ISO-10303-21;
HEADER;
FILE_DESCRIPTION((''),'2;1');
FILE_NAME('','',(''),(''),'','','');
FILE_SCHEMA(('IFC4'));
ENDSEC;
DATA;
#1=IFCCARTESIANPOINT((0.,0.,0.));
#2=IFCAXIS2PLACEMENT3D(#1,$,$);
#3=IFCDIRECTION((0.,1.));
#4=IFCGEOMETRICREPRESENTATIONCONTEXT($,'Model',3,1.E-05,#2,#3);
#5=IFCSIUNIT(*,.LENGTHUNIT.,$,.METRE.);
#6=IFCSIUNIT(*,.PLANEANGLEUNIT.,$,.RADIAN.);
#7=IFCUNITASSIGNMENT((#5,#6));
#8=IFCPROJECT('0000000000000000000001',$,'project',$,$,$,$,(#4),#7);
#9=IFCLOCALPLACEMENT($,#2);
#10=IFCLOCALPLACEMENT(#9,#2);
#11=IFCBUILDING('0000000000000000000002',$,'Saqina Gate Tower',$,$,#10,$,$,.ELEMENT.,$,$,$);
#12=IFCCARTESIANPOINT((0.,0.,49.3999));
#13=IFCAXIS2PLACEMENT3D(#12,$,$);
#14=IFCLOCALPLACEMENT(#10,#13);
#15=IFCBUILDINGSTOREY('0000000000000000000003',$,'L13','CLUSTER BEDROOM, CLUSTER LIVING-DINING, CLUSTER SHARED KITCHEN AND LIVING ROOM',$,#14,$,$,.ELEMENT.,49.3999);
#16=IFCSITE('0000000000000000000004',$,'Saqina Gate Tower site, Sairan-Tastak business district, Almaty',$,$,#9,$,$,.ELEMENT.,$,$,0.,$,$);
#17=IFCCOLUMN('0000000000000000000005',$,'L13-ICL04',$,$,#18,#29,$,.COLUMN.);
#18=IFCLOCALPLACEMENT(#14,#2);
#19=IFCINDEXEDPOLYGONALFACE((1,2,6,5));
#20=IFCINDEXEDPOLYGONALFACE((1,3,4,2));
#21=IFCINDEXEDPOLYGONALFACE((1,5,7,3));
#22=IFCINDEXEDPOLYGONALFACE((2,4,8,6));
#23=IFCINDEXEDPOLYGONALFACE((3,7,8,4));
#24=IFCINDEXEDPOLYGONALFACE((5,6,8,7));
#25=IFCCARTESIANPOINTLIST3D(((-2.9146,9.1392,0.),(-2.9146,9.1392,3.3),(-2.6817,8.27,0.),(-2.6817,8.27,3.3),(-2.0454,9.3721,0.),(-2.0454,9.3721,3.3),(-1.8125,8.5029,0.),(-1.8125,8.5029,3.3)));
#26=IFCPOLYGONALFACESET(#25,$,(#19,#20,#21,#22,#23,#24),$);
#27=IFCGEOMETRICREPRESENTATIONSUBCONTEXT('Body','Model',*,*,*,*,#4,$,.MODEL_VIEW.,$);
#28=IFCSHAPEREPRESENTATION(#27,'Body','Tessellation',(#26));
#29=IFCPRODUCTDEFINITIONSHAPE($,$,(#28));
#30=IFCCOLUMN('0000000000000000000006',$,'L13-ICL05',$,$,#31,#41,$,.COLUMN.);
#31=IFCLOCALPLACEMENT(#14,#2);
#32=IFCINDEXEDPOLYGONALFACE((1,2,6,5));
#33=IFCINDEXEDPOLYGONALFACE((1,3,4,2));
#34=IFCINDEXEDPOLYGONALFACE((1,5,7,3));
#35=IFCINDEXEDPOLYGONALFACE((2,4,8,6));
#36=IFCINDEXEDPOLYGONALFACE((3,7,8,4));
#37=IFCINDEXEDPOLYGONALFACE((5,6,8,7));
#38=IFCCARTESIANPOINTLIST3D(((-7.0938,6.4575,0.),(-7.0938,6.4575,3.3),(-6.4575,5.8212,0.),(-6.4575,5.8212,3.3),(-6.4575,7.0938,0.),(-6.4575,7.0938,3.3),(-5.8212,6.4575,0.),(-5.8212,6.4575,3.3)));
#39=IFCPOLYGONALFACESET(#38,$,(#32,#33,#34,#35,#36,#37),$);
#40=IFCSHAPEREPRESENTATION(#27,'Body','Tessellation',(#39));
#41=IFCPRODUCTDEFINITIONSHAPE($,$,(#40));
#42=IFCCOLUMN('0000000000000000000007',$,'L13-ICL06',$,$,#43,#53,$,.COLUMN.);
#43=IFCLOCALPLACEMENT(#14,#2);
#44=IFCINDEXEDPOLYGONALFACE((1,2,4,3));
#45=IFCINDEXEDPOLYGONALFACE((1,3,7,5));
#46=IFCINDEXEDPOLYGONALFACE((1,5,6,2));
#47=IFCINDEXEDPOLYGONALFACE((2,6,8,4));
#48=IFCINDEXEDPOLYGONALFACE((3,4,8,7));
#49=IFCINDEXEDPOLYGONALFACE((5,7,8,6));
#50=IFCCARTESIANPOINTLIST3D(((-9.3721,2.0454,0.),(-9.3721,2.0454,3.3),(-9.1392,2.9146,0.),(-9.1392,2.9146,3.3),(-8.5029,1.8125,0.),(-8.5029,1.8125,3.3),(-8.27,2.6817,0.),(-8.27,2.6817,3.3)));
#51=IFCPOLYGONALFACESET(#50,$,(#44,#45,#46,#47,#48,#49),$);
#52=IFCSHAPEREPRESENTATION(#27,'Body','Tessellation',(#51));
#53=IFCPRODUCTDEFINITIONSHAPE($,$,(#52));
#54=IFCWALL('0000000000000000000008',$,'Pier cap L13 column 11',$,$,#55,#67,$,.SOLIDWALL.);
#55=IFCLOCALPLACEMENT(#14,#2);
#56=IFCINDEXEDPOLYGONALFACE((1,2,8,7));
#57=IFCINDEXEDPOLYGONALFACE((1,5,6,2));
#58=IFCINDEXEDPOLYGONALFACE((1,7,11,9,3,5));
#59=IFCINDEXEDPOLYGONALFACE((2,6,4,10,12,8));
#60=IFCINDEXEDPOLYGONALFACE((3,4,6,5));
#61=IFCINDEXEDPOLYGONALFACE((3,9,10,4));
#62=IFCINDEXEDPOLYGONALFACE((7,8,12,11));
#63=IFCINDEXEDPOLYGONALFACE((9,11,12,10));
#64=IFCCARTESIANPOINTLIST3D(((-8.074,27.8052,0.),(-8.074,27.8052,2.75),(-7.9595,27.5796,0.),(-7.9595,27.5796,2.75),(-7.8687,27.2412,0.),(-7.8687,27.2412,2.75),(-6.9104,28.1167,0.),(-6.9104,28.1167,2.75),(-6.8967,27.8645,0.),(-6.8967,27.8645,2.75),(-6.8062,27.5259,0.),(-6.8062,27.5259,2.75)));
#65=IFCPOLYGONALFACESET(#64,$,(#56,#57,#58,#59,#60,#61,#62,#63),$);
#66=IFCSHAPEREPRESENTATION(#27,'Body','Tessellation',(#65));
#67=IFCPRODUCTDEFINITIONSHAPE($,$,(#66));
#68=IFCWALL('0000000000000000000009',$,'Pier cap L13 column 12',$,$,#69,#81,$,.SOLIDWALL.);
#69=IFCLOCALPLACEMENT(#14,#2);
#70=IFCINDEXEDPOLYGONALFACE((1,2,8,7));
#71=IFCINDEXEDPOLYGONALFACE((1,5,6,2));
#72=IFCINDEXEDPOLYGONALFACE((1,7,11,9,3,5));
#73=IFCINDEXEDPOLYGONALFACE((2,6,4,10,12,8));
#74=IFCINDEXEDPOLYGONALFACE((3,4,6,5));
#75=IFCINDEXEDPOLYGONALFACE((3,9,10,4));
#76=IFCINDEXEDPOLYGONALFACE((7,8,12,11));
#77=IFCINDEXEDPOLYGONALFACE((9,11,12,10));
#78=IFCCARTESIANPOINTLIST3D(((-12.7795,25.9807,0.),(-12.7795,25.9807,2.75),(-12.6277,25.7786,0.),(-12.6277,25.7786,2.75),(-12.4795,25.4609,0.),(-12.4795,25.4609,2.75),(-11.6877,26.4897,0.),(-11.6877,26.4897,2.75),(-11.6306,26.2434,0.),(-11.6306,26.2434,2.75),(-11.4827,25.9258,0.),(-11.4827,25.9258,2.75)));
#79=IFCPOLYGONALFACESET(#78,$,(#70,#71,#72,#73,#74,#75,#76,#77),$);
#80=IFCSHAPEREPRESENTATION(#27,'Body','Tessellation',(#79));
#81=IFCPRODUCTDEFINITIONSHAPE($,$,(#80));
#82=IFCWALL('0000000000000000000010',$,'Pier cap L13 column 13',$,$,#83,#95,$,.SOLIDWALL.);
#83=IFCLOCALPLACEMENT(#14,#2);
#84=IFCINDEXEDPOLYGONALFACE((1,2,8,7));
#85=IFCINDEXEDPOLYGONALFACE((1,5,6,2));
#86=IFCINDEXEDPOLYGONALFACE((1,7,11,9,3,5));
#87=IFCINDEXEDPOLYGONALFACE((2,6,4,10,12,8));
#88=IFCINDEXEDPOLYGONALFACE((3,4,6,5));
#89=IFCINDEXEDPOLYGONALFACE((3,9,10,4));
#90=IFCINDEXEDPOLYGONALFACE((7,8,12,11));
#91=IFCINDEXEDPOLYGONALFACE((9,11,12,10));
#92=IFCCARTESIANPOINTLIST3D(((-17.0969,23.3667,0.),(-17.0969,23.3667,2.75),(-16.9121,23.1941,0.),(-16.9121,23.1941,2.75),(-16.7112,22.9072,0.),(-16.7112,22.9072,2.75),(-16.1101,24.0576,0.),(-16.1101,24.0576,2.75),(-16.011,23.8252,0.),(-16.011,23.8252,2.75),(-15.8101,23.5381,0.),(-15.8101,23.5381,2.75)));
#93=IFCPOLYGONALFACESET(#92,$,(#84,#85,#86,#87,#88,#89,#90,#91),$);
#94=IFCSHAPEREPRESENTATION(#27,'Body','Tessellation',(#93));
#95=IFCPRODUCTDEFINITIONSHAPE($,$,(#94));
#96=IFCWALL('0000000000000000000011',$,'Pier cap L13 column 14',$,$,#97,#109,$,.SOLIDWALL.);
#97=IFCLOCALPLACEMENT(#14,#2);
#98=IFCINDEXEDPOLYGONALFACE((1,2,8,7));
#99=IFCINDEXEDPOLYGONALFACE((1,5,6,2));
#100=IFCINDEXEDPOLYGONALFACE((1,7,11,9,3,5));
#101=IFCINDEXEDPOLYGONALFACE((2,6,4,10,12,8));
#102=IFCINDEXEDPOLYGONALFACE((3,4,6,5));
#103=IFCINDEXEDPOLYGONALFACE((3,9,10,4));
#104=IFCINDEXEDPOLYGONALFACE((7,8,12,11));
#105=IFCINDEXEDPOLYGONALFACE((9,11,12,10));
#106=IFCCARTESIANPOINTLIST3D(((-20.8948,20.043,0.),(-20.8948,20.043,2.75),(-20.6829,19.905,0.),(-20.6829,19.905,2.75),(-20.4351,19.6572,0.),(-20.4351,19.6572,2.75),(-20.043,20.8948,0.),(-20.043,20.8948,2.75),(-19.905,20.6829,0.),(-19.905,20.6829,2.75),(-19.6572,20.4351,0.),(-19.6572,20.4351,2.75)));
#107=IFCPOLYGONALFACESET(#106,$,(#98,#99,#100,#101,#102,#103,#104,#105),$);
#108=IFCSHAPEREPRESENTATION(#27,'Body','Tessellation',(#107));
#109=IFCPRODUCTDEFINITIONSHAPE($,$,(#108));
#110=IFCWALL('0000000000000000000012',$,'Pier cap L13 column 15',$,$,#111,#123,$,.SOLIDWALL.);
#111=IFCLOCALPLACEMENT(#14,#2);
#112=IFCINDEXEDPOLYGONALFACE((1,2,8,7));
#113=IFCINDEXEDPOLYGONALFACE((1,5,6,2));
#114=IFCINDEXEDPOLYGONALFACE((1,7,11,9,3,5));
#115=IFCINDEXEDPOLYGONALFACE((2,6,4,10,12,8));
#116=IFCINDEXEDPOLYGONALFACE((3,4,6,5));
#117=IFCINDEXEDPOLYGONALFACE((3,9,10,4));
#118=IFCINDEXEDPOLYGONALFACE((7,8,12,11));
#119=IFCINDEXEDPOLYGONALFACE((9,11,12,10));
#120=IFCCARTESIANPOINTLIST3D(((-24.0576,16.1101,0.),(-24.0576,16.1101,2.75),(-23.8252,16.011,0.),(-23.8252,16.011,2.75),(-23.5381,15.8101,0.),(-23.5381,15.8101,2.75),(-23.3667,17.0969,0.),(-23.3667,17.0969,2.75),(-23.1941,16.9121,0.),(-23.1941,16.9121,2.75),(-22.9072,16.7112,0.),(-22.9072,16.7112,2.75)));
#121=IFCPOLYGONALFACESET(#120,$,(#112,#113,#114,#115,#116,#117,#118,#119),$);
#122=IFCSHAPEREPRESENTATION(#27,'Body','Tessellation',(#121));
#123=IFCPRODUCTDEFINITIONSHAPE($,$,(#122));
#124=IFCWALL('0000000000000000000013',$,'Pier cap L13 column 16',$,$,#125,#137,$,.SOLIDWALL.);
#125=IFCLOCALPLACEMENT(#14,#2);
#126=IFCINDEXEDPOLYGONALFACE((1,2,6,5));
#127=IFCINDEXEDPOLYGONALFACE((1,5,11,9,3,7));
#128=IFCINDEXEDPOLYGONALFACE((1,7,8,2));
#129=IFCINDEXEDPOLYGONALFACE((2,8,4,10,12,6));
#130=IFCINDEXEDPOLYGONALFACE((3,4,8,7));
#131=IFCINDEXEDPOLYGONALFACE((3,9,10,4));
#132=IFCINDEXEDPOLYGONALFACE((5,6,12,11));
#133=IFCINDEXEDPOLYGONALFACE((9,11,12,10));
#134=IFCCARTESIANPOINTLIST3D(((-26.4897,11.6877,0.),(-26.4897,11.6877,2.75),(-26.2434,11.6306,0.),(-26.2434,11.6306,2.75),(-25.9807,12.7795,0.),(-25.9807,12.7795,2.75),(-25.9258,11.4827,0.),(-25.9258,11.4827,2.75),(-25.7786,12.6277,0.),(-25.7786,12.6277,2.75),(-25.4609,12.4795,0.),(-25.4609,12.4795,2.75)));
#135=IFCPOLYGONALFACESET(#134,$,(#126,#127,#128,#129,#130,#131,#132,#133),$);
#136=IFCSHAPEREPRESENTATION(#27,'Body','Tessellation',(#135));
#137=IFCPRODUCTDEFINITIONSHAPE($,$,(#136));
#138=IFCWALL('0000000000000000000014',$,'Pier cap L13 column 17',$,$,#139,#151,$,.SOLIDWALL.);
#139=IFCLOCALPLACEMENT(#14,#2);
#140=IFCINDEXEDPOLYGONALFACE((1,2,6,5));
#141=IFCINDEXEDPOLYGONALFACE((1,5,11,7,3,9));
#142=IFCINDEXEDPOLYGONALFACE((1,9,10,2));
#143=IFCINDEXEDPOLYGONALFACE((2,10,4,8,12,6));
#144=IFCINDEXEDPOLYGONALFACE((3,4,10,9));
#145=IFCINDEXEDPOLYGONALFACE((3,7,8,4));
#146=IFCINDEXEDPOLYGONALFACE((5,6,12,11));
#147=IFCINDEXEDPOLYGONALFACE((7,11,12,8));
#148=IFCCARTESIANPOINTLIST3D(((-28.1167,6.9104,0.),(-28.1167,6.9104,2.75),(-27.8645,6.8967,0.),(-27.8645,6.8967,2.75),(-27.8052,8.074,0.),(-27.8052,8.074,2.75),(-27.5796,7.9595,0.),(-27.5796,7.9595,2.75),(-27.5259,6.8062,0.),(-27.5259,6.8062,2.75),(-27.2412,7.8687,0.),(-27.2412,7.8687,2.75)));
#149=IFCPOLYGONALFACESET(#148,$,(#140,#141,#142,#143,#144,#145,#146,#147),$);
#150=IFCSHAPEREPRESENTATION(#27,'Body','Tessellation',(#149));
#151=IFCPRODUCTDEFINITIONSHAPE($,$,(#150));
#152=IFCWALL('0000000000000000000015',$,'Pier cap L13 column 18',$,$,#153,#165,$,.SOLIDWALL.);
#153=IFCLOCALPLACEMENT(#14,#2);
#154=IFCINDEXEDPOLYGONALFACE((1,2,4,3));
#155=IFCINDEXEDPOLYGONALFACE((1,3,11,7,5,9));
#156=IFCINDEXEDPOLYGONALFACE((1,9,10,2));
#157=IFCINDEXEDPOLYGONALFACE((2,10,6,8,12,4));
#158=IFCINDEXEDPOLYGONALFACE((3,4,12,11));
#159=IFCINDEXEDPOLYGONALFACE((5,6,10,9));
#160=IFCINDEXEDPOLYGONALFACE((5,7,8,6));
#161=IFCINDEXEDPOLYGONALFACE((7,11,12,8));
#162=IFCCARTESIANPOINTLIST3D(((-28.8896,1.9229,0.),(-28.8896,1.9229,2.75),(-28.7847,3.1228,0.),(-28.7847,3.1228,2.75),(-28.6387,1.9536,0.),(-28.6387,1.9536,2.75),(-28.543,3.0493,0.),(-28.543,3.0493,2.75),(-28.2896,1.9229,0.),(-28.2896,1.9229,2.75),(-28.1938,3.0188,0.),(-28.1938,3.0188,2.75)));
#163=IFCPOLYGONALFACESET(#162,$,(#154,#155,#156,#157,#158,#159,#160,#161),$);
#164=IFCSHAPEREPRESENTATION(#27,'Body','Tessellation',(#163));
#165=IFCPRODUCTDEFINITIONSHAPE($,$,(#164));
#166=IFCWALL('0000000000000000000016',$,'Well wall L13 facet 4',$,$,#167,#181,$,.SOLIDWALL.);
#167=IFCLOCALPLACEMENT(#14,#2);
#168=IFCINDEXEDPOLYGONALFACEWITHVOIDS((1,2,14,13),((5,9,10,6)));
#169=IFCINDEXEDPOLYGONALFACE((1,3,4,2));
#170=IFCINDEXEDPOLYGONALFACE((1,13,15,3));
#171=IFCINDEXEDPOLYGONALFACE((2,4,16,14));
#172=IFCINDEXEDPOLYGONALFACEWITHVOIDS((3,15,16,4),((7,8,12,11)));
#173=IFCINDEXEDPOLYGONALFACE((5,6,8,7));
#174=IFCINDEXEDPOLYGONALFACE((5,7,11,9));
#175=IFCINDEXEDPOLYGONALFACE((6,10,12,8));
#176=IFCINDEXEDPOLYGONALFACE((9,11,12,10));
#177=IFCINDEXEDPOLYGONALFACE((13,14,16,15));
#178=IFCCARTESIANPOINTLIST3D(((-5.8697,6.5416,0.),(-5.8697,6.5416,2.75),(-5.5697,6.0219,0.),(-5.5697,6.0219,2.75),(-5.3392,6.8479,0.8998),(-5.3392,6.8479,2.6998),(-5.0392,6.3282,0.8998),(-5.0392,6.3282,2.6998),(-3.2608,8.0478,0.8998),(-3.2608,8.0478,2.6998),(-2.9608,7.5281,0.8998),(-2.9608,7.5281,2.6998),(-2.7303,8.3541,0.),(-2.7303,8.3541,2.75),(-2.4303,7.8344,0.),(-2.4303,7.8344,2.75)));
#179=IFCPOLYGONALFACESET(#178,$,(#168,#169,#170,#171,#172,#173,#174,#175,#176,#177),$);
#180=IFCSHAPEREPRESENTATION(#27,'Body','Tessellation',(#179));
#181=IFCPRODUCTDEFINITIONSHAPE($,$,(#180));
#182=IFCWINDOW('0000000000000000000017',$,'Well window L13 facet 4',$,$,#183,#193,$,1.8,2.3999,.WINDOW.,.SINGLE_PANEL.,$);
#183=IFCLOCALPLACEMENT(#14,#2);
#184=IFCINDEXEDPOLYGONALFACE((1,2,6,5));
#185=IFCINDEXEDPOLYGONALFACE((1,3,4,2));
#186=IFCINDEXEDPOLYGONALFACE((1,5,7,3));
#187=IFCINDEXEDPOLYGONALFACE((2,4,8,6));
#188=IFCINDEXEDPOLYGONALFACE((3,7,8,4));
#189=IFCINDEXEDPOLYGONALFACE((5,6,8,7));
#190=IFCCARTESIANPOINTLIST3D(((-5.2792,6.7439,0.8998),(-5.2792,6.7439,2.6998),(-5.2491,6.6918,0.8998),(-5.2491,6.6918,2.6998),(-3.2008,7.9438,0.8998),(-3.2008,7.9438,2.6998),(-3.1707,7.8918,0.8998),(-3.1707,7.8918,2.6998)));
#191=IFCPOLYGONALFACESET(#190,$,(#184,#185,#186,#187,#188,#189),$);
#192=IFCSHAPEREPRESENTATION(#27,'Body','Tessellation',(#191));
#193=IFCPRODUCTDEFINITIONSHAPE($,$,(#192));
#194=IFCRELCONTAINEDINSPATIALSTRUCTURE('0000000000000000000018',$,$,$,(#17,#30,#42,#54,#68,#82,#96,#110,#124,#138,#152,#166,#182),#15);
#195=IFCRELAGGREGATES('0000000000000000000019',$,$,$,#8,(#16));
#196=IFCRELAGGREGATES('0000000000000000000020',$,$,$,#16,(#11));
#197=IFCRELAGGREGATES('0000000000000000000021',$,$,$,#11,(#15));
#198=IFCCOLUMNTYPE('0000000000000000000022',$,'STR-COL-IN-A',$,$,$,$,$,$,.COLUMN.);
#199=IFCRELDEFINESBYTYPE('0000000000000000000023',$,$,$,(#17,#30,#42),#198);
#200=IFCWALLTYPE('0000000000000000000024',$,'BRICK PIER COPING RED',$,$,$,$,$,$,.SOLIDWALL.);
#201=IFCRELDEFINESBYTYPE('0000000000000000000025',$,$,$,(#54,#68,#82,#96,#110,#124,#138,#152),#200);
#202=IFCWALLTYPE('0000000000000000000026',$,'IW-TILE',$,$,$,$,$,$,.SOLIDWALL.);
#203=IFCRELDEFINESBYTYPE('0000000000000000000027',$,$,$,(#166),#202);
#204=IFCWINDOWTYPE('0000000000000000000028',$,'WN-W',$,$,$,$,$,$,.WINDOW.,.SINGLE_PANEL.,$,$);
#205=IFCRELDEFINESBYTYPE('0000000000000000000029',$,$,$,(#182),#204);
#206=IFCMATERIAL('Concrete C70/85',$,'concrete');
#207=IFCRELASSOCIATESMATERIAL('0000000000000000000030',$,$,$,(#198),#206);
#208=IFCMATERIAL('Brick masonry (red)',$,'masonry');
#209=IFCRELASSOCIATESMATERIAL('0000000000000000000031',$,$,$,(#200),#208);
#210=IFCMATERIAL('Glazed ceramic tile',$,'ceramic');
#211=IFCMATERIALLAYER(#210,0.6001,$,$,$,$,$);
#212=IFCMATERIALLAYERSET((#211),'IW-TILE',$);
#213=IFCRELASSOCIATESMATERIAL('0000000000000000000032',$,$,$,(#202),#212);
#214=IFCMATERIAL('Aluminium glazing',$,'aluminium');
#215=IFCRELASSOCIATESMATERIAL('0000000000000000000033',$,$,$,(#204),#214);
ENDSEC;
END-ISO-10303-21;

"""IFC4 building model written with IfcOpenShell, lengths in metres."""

from ifc_helpers import new_model, si_unit, direction, frame, frame_2d, origin, origin_2d, place, context, subcontext, project, spatial, polyline, rectangle, outline, extrude, material, layer, layer_set, material_profile, profile_set, type_object, element, fill, save


model = new_model("IFC4")

# Units and contexts
model_context = context("Model", 3, precision=1e-05, world=origin(), true_north=direction((0.0, 1.0)))
body_context = subcontext(model_context, "Body", "Model", "MODEL_VIEW")
ifc_project = project(units=[si_unit("LENGTHUNIT", "METRE"), si_unit("PLANEANGLEUNIT", "RADIAN")], contexts=[model_context])

# Site, building, storey
site_placement = place(None, origin())
site = spatial("IfcSite", under=ifc_project, at=site_placement, Name="Saqina Gate Tower site, Sairan-Tastak business district, Almaty", CompositionType="ELEMENT", RefElevation=0.0)
building_placement = place(site_placement, origin())
building = spatial("IfcBuilding", under=site, at=building_placement, Name="Saqina Gate Tower", CompositionType="ELEMENT")
storey_placement = place(building_placement, frame((0.0, 0.0, 49.3999)))
storey = spatial("IfcBuildingStorey", under=building, at=storey_placement, Name="L13", Description="CLUSTER BEDROOM, CLUSTER LIVING-DINING, CLUSTER SHARED KITCHEN AND LIVING ROOM", CompositionType="ELEMENT", Elevation=49.3999)

# Columns
ifc_material_1 = material(Name="Concrete C70/85", Category="concrete")
ifc_material_profile = material_profile(ifc_material_1, rectangle(XDim=0.8999, YDim=0.8999, at=origin_2d()), Name="RC 900x900")
ifc_profile_set = profile_set([ifc_material_profile], Name="Concrete C70/85")
column_type = type_object("IfcColumnType", Name="STR-COL-IN-A", PredefinedType="COLUMN", material=ifc_profile_set)
for number, where, z_axis, x_axis, name in (
    (1, (-2.3635, 8.821, 0.0), (0.0, 0.0, 1.0), (-0.258819, 0.965926, 0.0), "L13-ICL04"),
    (2, (-6.4575, 6.4575, 0.0), (0.0, 0.0, 1.0), (-0.707107, 0.707107, 0.0), "L13-ICL05"),
    (3, (-8.821, 2.3635, 0.0), (0.0, 0.0, 1.0), (-0.965926, 0.258819, 0.0), "L13-ICL06"),
):
    element("IfcColumn", number, at=place(storey_placement, frame(where, z_axis=z_axis, x_axis=x_axis)), inside=storey, type_object=column_type, Name=name, PredefinedType="COLUMN", context=body_context, shape_type="SweptSolid", body=[
        extrude(rectangle(XDim=0.8999, YDim=0.8999, at=origin_2d()), origin(), (0.0, 0.0, 1.0), 3.3),
    ])

# Walls
ifc_material_2 = material(Name="Brick masonry (red)", Category="masonry")
wall_type_1 = type_object("IfcWallType", Name="BRICK PIER COPING RED", PredefinedType="SOLIDWALL", material=ifc_material_2)
wall_1_placement = place(storey_placement, origin())
element("IfcWall", 4, at=wall_1_placement, inside=storey, type_object=wall_type_1, Name="Pier cap L13 column 11", PredefinedType="SOLIDWALL", context=body_context, shape_type="SweptSolid", body=[
    extrude(outline(polyline([(-6.9104, 28.1167), (-8.074, 27.8052), (-7.8687, 27.2412), (-7.9595, 27.5796), (-6.8967, 27.8645), (-6.8062, 27.5259), (-6.9104, 28.1167)])), origin(), (0.0, 0.0, 1.0), 2.75),
])
wall_2_placement = place(storey_placement, origin())
element("IfcWall", 5, at=wall_2_placement, inside=storey, type_object=wall_type_1, Name="Pier cap L13 column 12", PredefinedType="SOLIDWALL", context=body_context, shape_type="SweptSolid", body=[
    extrude(outline(polyline([(-12.7795, 25.9807), (-12.4795, 25.4609), (-12.6277, 25.7786), (-11.6306, 26.2434), (-11.4827, 25.9258), (-11.6877, 26.4897), (-12.7795, 25.9807)])), origin(), (0.0, 0.0, 1.0), 2.75),
])
wall_3_placement = place(storey_placement, origin())
element("IfcWall", 6, at=wall_3_placement, inside=storey, type_object=wall_type_1, Name="Pier cap L13 column 13", PredefinedType="SOLIDWALL", context=body_context, shape_type="SweptSolid", body=[
    extrude(outline(polyline([(-16.1101, 24.0576), (-17.0969, 23.3667), (-16.7112, 22.9072), (-16.9121, 23.1941), (-16.011, 23.8252), (-15.8101, 23.5381), (-16.1101, 24.0576)])), origin(), (0.0, 0.0, 1.0), 2.75),
])
wall_4_placement = place(storey_placement, origin())
element("IfcWall", 7, at=wall_4_placement, inside=storey, type_object=wall_type_1, Name="Pier cap L13 column 14", PredefinedType="SOLIDWALL", context=body_context, shape_type="SweptSolid", body=[
    extrude(outline(polyline([(-20.8948, 20.043), (-20.4351, 19.6572), (-20.6829, 19.905), (-19.905, 20.6829), (-19.6572, 20.4351), (-20.043, 20.8948), (-20.8948, 20.043)])), origin(), (0.0, 0.0, 1.0), 2.75),
])
wall_5_placement = place(storey_placement, origin())
element("IfcWall", 8, at=wall_5_placement, inside=storey, type_object=wall_type_1, Name="Pier cap L13 column 15", PredefinedType="SOLIDWALL", context=body_context, shape_type="SweptSolid", body=[
    extrude(outline(polyline([(-23.3667, 17.0969), (-24.0576, 16.1101), (-23.5381, 15.8101), (-23.8252, 16.011), (-23.1941, 16.9121), (-22.9072, 16.7112), (-23.3667, 17.0969)])), origin(), (0.0, 0.0, 1.0), 2.75),
])
wall_6_placement = place(storey_placement, origin())
element("IfcWall", 9, at=wall_6_placement, inside=storey, type_object=wall_type_1, Name="Pier cap L13 column 16", PredefinedType="SOLIDWALL", context=body_context, shape_type="SweptSolid", body=[
    extrude(outline(polyline([(-26.4897, 11.6877), (-25.9258, 11.4827), (-26.2434, 11.6306), (-25.7786, 12.6277), (-25.4609, 12.4795), (-25.9807, 12.7795), (-26.4897, 11.6877)])), origin(), (0.0, 0.0, 1.0), 2.75),
])
wall_7_placement = place(storey_placement, origin())
element("IfcWall", 10, at=wall_7_placement, inside=storey, type_object=wall_type_1, Name="Pier cap L13 column 17", PredefinedType="SOLIDWALL", context=body_context, shape_type="SweptSolid", body=[
    extrude(outline(polyline([(-28.1167, 6.9104), (-27.5259, 6.8062), (-27.8645, 6.8967), (-27.5796, 7.9595), (-27.2412, 7.8687), (-27.8052, 8.074), (-28.1167, 6.9104)])), origin(), (0.0, 0.0, 1.0), 2.75),
])
wall_8_placement = place(storey_placement, origin())
element("IfcWall", 11, at=wall_8_placement, inside=storey, type_object=wall_type_1, Name="Pier cap L13 column 18", PredefinedType="SOLIDWALL", context=body_context, shape_type="SweptSolid", body=[
    extrude(outline(polyline([(-28.7847, 3.1228), (-28.8896, 1.9229), (-28.2896, 1.9229), (-28.6387, 1.9536), (-28.543, 3.0493), (-28.1938, 3.0188), (-28.7847, 3.1228)])), origin(), (0.0, 0.0, 1.0), 2.75),
])

# Wall, opening, window
ifc_material_3 = material(Name="Glazed ceramic tile", Category="ceramic")
ifc_layer_1 = layer(ifc_material_3, 0.6001)
ifc_layer_set_1 = layer_set([ifc_layer_1], Name="IW-TILE")
wall_type_2 = type_object("IfcWallType", Name="IW-TILE", PredefinedType="SOLIDWALL", material=ifc_layer_set_1)
wall_9_placement = place(storey_placement, frame((-2.5803, 8.0942, 0.0), z_axis=(0.0, 0.0, 1.0), x_axis=(-0.86603, -0.499993, 0.0)))
wall_9 = element("IfcWall", 12, at=wall_9_placement, inside=storey, type_object=wall_type_2, Name="Well wall L13 facet 4", PredefinedType="SOLIDWALL", context=body_context, shape_type="SweptSolid", body=[
    extrude(rectangle(XDim=3.625, YDim=0.6001, at=frame_2d((1.8125, 0.0))), origin(), (0.0, 0.0, 1.0), 2.75),
])
opening_1_placement = place(wall_9_placement, frame((0.6125, 0.0, 0.8999)))
opening_1 = element("IfcOpeningElement", 13, at=opening_1_placement, cuts=wall_9, PredefinedType="OPENING", context=body_context, shape_type="SweptSolid", body=[
    extrude(rectangle(XDim=2.3999, YDim=1.8, at=frame_2d((1.2, 0.8999))), frame((0.0, 0.312, 0.0), z_axis=(0.0, -1.0, 0.0), x_axis=(1.0, 0.0, 0.0)), (0.0, 0.0, 1.0), 0.624),
])
ifc_material_4 = material(Name="Aluminium glazing", Category="aluminium")
window_type = type_object("IfcWindowType", Name="WN-W", PartitioningType="SINGLE_PANEL", PredefinedType="WINDOW", material=ifc_material_4)
window_1_placement = place(opening_1_placement, origin())
window_1 = element("IfcWindow", 14, at=window_1_placement, inside=storey, type_object=window_type, Name="Well window L13 facet 4", OverallHeight=1.8, OverallWidth=2.3999, PartitioningType="SINGLE_PANEL", PredefinedType="WINDOW", context=body_context, shape_type="SweptSolid", body=[
    extrude(rectangle(XDim=2.3999, YDim=1.8, at=frame_2d((1.2, 0.8999))), frame((0.0, -0.1199, 0.0), z_axis=(0.0, -1.0, 0.0), x_axis=(1.0, 0.0, 0.0)), (0.0, 0.0, 1.0), 0.0601),
])
fill(opening_1, window_1)

save(model, "model.ifc")
